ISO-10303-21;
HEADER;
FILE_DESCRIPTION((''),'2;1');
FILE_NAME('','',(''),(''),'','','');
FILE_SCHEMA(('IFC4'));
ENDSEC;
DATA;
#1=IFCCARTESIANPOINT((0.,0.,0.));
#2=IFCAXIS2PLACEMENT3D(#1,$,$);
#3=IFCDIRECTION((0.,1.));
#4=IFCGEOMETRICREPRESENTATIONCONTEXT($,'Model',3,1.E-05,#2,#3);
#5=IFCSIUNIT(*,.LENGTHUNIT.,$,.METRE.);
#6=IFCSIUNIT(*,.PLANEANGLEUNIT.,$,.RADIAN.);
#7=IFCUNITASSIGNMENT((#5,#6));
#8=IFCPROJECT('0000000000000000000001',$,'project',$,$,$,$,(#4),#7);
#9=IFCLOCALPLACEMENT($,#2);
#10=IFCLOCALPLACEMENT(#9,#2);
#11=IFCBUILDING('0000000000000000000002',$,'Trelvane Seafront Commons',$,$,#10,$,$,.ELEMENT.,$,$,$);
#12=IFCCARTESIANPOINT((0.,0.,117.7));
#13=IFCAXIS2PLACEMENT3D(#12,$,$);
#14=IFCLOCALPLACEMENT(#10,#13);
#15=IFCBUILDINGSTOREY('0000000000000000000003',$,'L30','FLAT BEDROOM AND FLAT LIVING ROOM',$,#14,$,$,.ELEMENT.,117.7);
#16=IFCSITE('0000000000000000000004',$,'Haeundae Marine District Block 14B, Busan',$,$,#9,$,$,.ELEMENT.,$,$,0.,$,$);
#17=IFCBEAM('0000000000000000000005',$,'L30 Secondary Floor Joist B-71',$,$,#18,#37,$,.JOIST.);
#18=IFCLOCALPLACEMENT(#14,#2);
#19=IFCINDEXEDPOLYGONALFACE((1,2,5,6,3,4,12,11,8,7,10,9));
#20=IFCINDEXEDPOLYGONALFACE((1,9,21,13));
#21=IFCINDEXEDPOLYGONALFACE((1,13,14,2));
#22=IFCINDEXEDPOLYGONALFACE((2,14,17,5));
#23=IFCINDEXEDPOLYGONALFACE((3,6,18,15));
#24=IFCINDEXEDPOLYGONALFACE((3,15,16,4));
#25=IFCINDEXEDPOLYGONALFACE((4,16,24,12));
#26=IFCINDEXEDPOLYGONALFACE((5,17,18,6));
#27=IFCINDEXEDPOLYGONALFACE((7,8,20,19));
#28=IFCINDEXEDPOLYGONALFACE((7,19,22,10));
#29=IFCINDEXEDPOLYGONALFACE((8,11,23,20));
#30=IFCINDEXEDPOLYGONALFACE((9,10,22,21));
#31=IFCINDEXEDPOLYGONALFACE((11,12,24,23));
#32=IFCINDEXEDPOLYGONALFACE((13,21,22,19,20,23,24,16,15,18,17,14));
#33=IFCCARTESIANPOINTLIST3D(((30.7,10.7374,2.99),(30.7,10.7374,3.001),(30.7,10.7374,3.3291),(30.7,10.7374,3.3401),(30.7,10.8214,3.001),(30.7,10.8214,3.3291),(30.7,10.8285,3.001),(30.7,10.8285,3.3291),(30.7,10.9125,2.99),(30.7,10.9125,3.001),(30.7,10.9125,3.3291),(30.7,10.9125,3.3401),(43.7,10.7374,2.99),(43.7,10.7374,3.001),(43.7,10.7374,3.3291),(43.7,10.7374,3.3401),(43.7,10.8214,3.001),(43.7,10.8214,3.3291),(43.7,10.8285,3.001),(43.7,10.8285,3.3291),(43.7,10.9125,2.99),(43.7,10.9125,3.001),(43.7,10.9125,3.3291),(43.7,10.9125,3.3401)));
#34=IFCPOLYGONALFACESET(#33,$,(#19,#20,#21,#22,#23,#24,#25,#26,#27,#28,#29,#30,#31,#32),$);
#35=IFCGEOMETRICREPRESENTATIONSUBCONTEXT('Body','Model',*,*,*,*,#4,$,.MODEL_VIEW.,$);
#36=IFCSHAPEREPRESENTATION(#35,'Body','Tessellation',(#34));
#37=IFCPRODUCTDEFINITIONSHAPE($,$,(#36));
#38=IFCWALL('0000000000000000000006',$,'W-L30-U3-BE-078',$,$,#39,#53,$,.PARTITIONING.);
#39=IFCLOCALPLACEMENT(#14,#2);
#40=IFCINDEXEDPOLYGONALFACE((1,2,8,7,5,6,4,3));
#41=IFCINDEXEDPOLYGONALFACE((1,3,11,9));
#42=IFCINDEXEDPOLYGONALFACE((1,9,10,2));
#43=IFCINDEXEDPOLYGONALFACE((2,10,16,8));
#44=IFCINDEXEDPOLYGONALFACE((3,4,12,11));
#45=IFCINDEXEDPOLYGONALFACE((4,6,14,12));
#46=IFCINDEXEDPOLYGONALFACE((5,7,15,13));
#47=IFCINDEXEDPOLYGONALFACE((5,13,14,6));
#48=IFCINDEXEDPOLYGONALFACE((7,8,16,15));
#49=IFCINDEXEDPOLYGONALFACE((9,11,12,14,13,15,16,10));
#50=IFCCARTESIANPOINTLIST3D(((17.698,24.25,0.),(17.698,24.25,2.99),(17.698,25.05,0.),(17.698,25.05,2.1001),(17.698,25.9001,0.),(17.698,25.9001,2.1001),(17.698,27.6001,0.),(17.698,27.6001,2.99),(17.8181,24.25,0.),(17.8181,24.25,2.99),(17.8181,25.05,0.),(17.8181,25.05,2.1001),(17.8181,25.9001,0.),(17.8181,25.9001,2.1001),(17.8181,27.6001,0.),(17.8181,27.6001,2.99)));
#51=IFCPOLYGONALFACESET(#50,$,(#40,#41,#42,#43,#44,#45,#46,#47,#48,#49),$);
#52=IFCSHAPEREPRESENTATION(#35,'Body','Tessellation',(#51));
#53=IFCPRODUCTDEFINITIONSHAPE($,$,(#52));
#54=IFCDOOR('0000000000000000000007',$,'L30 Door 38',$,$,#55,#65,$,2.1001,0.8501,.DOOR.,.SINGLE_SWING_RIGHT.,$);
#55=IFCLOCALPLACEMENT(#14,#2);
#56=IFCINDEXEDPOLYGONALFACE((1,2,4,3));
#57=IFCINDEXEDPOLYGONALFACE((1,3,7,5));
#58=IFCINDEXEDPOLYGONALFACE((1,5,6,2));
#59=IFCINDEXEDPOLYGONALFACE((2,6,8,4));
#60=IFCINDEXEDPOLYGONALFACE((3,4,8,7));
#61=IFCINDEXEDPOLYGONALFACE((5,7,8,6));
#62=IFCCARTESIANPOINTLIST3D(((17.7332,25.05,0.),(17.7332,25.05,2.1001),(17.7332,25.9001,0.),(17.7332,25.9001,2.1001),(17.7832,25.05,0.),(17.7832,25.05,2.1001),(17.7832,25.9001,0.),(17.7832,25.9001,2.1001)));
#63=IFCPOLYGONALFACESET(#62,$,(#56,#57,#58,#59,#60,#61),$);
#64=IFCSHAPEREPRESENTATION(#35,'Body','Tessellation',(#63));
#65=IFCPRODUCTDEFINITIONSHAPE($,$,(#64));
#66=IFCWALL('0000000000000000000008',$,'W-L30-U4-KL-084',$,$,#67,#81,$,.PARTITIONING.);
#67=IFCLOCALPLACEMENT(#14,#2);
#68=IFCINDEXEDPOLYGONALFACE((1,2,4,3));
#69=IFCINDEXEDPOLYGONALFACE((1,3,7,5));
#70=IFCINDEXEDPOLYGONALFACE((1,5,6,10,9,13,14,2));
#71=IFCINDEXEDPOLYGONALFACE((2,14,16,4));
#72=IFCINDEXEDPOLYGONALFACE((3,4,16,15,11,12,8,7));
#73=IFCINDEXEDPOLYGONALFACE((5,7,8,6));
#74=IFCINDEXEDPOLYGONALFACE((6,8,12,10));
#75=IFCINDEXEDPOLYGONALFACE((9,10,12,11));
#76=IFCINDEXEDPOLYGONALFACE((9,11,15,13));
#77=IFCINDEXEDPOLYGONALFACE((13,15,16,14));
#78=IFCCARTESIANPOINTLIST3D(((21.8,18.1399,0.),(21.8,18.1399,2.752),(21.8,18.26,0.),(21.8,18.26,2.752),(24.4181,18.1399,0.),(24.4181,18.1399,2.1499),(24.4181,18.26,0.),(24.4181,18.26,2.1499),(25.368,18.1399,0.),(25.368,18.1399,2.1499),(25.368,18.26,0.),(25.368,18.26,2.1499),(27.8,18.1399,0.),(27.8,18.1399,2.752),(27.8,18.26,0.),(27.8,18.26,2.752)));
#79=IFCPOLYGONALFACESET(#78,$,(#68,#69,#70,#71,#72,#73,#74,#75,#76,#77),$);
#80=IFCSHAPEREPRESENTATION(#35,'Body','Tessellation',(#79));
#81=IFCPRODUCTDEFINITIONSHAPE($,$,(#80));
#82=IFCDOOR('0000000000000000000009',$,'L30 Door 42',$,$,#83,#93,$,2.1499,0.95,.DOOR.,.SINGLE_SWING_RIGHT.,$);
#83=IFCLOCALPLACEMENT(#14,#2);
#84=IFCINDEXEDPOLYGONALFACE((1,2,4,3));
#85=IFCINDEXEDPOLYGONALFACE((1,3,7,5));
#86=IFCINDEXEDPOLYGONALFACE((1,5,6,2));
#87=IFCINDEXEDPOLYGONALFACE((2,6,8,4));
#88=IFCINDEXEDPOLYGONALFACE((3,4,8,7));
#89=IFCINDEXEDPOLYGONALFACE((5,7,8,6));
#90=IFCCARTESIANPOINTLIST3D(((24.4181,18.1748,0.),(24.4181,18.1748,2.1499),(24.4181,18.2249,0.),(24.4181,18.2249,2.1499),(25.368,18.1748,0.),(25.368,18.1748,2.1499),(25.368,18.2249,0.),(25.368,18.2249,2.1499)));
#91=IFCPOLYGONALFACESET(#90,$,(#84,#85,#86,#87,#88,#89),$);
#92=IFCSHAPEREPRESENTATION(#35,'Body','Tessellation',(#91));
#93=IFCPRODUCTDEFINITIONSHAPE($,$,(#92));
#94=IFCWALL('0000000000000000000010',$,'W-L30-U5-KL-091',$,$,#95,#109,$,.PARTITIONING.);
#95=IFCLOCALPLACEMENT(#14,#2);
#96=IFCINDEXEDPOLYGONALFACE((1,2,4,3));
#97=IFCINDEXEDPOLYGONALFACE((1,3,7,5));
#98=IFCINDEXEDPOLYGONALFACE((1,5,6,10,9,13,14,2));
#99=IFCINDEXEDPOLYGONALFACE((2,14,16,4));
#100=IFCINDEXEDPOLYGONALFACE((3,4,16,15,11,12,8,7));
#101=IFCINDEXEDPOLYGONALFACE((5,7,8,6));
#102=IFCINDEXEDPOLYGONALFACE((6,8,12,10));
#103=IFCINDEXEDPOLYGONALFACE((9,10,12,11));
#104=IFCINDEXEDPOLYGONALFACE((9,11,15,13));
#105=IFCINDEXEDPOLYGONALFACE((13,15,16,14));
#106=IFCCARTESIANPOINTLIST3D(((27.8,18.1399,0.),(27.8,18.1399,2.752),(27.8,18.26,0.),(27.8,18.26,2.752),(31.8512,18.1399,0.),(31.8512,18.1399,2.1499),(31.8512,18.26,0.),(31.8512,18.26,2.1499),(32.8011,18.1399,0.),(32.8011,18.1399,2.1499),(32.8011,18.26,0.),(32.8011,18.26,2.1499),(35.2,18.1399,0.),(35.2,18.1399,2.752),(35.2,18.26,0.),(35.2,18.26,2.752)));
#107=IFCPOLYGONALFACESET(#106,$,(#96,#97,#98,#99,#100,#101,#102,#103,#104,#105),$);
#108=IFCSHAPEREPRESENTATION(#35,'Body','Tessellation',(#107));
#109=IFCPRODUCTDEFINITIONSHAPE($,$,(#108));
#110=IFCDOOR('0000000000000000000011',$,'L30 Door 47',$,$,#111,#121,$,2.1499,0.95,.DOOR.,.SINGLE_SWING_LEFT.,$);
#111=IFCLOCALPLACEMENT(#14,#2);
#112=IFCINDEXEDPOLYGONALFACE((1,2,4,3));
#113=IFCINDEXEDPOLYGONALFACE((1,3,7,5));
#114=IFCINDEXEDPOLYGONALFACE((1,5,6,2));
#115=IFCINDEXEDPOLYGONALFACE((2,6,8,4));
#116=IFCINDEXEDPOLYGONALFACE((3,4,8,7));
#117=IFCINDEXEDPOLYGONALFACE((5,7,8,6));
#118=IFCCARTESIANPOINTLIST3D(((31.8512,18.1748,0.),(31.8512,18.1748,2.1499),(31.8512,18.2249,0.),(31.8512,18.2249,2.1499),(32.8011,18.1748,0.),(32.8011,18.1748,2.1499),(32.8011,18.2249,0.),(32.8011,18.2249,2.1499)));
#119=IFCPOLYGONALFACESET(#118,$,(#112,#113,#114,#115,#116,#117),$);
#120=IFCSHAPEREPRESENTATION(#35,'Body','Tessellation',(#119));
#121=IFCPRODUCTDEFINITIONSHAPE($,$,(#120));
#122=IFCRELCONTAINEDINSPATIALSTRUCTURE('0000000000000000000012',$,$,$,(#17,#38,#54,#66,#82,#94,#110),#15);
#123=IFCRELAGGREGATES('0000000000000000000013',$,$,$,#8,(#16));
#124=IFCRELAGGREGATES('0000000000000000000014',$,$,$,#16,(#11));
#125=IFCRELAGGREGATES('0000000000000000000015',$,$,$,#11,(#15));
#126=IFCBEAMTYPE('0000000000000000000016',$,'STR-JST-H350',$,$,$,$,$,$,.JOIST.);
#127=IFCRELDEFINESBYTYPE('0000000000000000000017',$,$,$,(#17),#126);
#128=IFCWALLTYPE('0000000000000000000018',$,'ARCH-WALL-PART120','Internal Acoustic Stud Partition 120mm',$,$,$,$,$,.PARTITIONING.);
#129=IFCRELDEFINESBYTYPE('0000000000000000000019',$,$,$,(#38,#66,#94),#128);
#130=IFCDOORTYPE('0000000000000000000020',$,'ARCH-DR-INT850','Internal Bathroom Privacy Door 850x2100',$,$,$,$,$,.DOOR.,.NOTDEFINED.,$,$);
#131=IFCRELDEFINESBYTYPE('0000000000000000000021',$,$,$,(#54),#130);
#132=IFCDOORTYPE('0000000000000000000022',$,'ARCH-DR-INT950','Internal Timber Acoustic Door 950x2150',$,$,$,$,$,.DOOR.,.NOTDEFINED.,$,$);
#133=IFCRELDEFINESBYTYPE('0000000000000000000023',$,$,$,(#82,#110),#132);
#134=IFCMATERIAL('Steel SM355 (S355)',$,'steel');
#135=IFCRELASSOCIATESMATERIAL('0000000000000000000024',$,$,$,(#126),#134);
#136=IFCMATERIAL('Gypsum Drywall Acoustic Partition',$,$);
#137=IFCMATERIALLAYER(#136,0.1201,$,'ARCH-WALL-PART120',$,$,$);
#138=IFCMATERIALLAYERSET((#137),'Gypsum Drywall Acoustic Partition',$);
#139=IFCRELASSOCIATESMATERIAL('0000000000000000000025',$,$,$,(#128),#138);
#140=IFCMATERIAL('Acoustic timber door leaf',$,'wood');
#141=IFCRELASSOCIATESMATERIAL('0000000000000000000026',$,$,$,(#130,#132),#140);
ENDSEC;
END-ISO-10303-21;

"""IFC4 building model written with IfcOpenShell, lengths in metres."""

from ifc_helpers import new_model, si_unit, direction, frame, frame_2d, origin, origin_2d, place, context, subcontext, project, spatial, rectangle, i_section, extrude, source, transform, mapped, material, layer, layer_set, material_profile, profile_set, type_object, element, fill, save


model = new_model("IFC4")

# Units and contexts
model_context = context("Model", 3, precision=1e-05, world=origin(), true_north=direction((0.0, 1.0)))
body_context = subcontext(model_context, "Body", "Model", "MODEL_VIEW")
ifc_project = project(units=[si_unit("LENGTHUNIT", "METRE"), si_unit("PLANEANGLEUNIT", "RADIAN")], contexts=[model_context])

# Site, building, storey
site_placement = place(None, origin())
site = spatial("IfcSite", under=ifc_project, at=site_placement, Name="Haeundae Marine District Block 14B, Busan", CompositionType="ELEMENT", RefElevation=0.0)
building_placement = place(site_placement, origin())
building = spatial("IfcBuilding", under=site, at=building_placement, Name="Trelvane Seafront Commons", CompositionType="ELEMENT")
storey_placement = place(building_placement, frame((0.0, 0.0, 117.7)))
storey = spatial("IfcBuildingStorey", under=building, at=storey_placement, Name="L30", Description="FLAT BEDROOM AND FLAT LIVING ROOM", CompositionType="ELEMENT", Elevation=117.7)

# Shared definitions
ifc_material_1 = material(Name="Steel SM355 (S355)", Category="steel")

# Beam
ifc_material_profile_1 = material_profile(ifc_material_1, i_section(OverallWidth=0.175, OverallDepth=0.3501, WebThickness=0.0071, FlangeThickness=0.011, at=origin_2d()), Name="H-350x175x7x11")
ifc_profile_set_1 = profile_set([ifc_material_profile_1], Name="Steel SM355 (S355)")
beam_type_1 = type_object("IfcBeamType", Name="STR-JST-H350", PredefinedType="JOIST", material=ifc_profile_set_1)
shared_shape_1 = source(origin(), body_context, "Body", "SweptSolid", [
    extrude(i_section(OverallWidth=0.175, OverallDepth=0.3501, WebThickness=0.0071, FlangeThickness=0.011, at=origin_2d()), origin(), (0.0, 0.0, 1.0), 13.0),
])
beam_1_placement = place(storey_placement, frame((30.7, 10.825, 3.165), z_axis=(1.0, 0.0, 0.0), x_axis=(0.0, 1.0, 0.0)))
element("IfcBeam", 1, at=beam_1_placement, inside=storey, type_object=beam_type_1, Name="L30 Secondary Floor Joist B-71", PredefinedType="JOIST", context=body_context, shape_type="MappedRepresentation", body=[
    mapped(shared_shape_1, transform((0.0, 0.0, 0.0), x_axis=(1.0, 0.0, 0.0), y_axis=(0.0, 1.0, 0.0), z_axis=(0.0, 0.0, 1.0), scale=1.0)),
])

# Walls, openings, doors
ifc_material_2 = material(Name="Gypsum Drywall Acoustic Partition")
ifc_layer = layer(ifc_material_2, 0.1201, Name="ARCH-WALL-PART120")
ifc_layer_set = layer_set([ifc_layer], Name="Gypsum Drywall Acoustic Partition")
wall_type = type_object("IfcWallType", Name="ARCH-WALL-PART120", Description="Internal Acoustic Stud Partition 120mm", PredefinedType="PARTITIONING", material=ifc_layer_set)
wall_1_placement = place(storey_placement, frame((17.7581, 24.25, 0.0), z_axis=(0.0, 0.0, 1.0), x_axis=(0.0, 1.0, 0.0)))
wall_1 = element("IfcWall", 2, at=wall_1_placement, inside=storey, type_object=wall_type, Name="W-L30-U3-BE-078", PredefinedType="PARTITIONING", context=body_context, shape_type="SweptSolid", body=[
    extrude(rectangle(XDim=3.3501, YDim=0.1201, at=frame_2d((1.675, 0.0))), origin(), (0.0, 0.0, 1.0), 2.99),
])
opening_1_placement = place(wall_1_placement, frame((0.8, 0.0, 0.0)))
opening_1 = element("IfcOpeningElement", 3, at=opening_1_placement, cuts=wall_1, PredefinedType="OPENING", context=body_context, shape_type="SweptSolid", body=[
    extrude(rectangle(XDim=0.8501, YDim=2.1001, at=frame_2d((0.425, 1.05))), frame((0.0, 0.0701, 0.0), z_axis=(0.0, -1.0, 0.0), x_axis=(1.0, 0.0, 0.0)), (0.0, 0.0, 1.0), 0.1401),
])
ifc_material_3 = material(Name="Acoustic timber door leaf", Category="wood")
door_type_1 = type_object("IfcDoorType", Name="ARCH-DR-INT850", Description="Internal Bathroom Privacy Door 850x2100", OperationType="NOTDEFINED", PredefinedType="DOOR", material=ifc_material_3)
shared_shape_2 = source(origin(), body_context, "Body", "SweptSolid", [
    extrude(rectangle(XDim=0.8501, YDim=2.1001, at=frame_2d((0.425, 1.05))), frame((0.0, 0.0249, 0.0), z_axis=(0.0, -1.0, 0.0), x_axis=(1.0, 0.0, 0.0)), (0.0, 0.0, 1.0), 0.05),
])
door_1_placement = place(opening_1_placement, origin())
door_1 = element("IfcDoor", 4, at=door_1_placement, inside=storey, type_object=door_type_1, Name="L30 Door 38", OperationType="SINGLE_SWING_RIGHT", OverallHeight=2.1001, OverallWidth=0.8501, PredefinedType="DOOR", context=body_context, shape_type="MappedRepresentation", body=[
    mapped(shared_shape_2, transform((0.0, 0.0, 0.0), x_axis=(1.0, 0.0, 0.0), y_axis=(0.0, 1.0, 0.0), z_axis=(0.0, 0.0, 1.0), scale=1.0)),
])
fill(opening_1, door_1)
wall_2_placement = place(storey_placement, frame((21.8, 18.2, 0.0), z_axis=(0.0, 0.0, 1.0), x_axis=(1.0, 0.0, 0.0)))
wall_2 = element("IfcWall", 5, at=wall_2_placement, inside=storey, type_object=wall_type, Name="W-L30-U4-KL-084", PredefinedType="PARTITIONING", context=body_context, shape_type="SweptSolid", body=[
    extrude(rectangle(XDim=6.0, YDim=0.1201, at=frame_2d((3.0, 0.0))), origin(), (0.0, 0.0, 1.0), 2.752),
])
opening_2_placement = place(wall_2_placement, frame((2.6179, 0.0, 0.0)))
opening_2 = element("IfcOpeningElement", 6, at=opening_2_placement, cuts=wall_2, PredefinedType="OPENING", context=body_context, shape_type="SweptSolid", body=[
    extrude(rectangle(XDim=0.95, YDim=2.1499, at=frame_2d((0.4751, 1.075))), frame((0.0, 0.0701, 0.0), z_axis=(0.0, -1.0, 0.0), x_axis=(1.0, 0.0, 0.0)), (0.0, 0.0, 1.0), 0.1401),
])
door_type_2 = type_object("IfcDoorType", Name="ARCH-DR-INT950", Description="Internal Timber Acoustic Door 950x2150", OperationType="NOTDEFINED", PredefinedType="DOOR", material=ifc_material_3)
shared_shape_3 = source(origin(), body_context, "Body", "SweptSolid", [
    extrude(rectangle(XDim=0.95, YDim=2.1499, at=frame_2d((0.4751, 1.075))), frame((0.0, 0.0249, 0.0), z_axis=(0.0, -1.0, 0.0), x_axis=(1.0, 0.0, 0.0)), (0.0, 0.0, 1.0), 0.05),
])
door_2_placement = place(opening_2_placement, origin())
door_2 = element("IfcDoor", 7, at=door_2_placement, inside=storey, type_object=door_type_2, Name="L30 Door 42", OperationType="SINGLE_SWING_RIGHT", OverallHeight=2.1499, OverallWidth=0.95, PredefinedType="DOOR", context=body_context, shape_type="MappedRepresentation", body=[
    mapped(shared_shape_3, transform((0.0, 0.0, 0.0), x_axis=(1.0, 0.0, 0.0), y_axis=(0.0, 1.0, 0.0), z_axis=(0.0, 0.0, 1.0), scale=1.0)),
])
fill(opening_2, door_2)
wall_3_placement = place(storey_placement, frame((27.8, 18.2, 0.0), z_axis=(0.0, 0.0, 1.0), x_axis=(1.0, 0.0, 0.0)))
wall_3 = element("IfcWall", 8, at=wall_3_placement, inside=storey, type_object=wall_type, Name="W-L30-U5-KL-091", PredefinedType="PARTITIONING", context=body_context, shape_type="SweptSolid", body=[
    extrude(rectangle(XDim=7.3999, YDim=0.1201, at=frame_2d((3.7, 0.0))), origin(), (0.0, 0.0, 1.0), 2.752),
])
opening_3_placement = place(wall_3_placement, frame((4.051, 0.0, 0.0)))
opening_3 = element("IfcOpeningElement", 9, at=opening_3_placement, cuts=wall_3, PredefinedType="OPENING", context=body_context, shape_type="SweptSolid", body=[
    extrude(rectangle(XDim=0.95, YDim=2.1499, at=frame_2d((0.4751, 1.075))), frame((0.0, 0.0701, 0.0), z_axis=(0.0, -1.0, 0.0), x_axis=(1.0, 0.0, 0.0)), (0.0, 0.0, 1.0), 0.1401),
])
door_3_placement = place(opening_3_placement, origin())
door_3 = element("IfcDoor", 10, at=door_3_placement, inside=storey, type_object=door_type_2, Name="L30 Door 47", OperationType="SINGLE_SWING_LEFT", OverallHeight=2.1499, OverallWidth=0.95, PredefinedType="DOOR", context=body_context, shape_type="MappedRepresentation", body=[
    mapped(shared_shape_3, transform((0.0, 0.0, 0.0), x_axis=(1.0, 0.0, 0.0), y_axis=(0.0, 1.0, 0.0), z_axis=(0.0, 0.0, 1.0), scale=1.0)),
])
fill(opening_3, door_3)

save(model, "model.ifc")
